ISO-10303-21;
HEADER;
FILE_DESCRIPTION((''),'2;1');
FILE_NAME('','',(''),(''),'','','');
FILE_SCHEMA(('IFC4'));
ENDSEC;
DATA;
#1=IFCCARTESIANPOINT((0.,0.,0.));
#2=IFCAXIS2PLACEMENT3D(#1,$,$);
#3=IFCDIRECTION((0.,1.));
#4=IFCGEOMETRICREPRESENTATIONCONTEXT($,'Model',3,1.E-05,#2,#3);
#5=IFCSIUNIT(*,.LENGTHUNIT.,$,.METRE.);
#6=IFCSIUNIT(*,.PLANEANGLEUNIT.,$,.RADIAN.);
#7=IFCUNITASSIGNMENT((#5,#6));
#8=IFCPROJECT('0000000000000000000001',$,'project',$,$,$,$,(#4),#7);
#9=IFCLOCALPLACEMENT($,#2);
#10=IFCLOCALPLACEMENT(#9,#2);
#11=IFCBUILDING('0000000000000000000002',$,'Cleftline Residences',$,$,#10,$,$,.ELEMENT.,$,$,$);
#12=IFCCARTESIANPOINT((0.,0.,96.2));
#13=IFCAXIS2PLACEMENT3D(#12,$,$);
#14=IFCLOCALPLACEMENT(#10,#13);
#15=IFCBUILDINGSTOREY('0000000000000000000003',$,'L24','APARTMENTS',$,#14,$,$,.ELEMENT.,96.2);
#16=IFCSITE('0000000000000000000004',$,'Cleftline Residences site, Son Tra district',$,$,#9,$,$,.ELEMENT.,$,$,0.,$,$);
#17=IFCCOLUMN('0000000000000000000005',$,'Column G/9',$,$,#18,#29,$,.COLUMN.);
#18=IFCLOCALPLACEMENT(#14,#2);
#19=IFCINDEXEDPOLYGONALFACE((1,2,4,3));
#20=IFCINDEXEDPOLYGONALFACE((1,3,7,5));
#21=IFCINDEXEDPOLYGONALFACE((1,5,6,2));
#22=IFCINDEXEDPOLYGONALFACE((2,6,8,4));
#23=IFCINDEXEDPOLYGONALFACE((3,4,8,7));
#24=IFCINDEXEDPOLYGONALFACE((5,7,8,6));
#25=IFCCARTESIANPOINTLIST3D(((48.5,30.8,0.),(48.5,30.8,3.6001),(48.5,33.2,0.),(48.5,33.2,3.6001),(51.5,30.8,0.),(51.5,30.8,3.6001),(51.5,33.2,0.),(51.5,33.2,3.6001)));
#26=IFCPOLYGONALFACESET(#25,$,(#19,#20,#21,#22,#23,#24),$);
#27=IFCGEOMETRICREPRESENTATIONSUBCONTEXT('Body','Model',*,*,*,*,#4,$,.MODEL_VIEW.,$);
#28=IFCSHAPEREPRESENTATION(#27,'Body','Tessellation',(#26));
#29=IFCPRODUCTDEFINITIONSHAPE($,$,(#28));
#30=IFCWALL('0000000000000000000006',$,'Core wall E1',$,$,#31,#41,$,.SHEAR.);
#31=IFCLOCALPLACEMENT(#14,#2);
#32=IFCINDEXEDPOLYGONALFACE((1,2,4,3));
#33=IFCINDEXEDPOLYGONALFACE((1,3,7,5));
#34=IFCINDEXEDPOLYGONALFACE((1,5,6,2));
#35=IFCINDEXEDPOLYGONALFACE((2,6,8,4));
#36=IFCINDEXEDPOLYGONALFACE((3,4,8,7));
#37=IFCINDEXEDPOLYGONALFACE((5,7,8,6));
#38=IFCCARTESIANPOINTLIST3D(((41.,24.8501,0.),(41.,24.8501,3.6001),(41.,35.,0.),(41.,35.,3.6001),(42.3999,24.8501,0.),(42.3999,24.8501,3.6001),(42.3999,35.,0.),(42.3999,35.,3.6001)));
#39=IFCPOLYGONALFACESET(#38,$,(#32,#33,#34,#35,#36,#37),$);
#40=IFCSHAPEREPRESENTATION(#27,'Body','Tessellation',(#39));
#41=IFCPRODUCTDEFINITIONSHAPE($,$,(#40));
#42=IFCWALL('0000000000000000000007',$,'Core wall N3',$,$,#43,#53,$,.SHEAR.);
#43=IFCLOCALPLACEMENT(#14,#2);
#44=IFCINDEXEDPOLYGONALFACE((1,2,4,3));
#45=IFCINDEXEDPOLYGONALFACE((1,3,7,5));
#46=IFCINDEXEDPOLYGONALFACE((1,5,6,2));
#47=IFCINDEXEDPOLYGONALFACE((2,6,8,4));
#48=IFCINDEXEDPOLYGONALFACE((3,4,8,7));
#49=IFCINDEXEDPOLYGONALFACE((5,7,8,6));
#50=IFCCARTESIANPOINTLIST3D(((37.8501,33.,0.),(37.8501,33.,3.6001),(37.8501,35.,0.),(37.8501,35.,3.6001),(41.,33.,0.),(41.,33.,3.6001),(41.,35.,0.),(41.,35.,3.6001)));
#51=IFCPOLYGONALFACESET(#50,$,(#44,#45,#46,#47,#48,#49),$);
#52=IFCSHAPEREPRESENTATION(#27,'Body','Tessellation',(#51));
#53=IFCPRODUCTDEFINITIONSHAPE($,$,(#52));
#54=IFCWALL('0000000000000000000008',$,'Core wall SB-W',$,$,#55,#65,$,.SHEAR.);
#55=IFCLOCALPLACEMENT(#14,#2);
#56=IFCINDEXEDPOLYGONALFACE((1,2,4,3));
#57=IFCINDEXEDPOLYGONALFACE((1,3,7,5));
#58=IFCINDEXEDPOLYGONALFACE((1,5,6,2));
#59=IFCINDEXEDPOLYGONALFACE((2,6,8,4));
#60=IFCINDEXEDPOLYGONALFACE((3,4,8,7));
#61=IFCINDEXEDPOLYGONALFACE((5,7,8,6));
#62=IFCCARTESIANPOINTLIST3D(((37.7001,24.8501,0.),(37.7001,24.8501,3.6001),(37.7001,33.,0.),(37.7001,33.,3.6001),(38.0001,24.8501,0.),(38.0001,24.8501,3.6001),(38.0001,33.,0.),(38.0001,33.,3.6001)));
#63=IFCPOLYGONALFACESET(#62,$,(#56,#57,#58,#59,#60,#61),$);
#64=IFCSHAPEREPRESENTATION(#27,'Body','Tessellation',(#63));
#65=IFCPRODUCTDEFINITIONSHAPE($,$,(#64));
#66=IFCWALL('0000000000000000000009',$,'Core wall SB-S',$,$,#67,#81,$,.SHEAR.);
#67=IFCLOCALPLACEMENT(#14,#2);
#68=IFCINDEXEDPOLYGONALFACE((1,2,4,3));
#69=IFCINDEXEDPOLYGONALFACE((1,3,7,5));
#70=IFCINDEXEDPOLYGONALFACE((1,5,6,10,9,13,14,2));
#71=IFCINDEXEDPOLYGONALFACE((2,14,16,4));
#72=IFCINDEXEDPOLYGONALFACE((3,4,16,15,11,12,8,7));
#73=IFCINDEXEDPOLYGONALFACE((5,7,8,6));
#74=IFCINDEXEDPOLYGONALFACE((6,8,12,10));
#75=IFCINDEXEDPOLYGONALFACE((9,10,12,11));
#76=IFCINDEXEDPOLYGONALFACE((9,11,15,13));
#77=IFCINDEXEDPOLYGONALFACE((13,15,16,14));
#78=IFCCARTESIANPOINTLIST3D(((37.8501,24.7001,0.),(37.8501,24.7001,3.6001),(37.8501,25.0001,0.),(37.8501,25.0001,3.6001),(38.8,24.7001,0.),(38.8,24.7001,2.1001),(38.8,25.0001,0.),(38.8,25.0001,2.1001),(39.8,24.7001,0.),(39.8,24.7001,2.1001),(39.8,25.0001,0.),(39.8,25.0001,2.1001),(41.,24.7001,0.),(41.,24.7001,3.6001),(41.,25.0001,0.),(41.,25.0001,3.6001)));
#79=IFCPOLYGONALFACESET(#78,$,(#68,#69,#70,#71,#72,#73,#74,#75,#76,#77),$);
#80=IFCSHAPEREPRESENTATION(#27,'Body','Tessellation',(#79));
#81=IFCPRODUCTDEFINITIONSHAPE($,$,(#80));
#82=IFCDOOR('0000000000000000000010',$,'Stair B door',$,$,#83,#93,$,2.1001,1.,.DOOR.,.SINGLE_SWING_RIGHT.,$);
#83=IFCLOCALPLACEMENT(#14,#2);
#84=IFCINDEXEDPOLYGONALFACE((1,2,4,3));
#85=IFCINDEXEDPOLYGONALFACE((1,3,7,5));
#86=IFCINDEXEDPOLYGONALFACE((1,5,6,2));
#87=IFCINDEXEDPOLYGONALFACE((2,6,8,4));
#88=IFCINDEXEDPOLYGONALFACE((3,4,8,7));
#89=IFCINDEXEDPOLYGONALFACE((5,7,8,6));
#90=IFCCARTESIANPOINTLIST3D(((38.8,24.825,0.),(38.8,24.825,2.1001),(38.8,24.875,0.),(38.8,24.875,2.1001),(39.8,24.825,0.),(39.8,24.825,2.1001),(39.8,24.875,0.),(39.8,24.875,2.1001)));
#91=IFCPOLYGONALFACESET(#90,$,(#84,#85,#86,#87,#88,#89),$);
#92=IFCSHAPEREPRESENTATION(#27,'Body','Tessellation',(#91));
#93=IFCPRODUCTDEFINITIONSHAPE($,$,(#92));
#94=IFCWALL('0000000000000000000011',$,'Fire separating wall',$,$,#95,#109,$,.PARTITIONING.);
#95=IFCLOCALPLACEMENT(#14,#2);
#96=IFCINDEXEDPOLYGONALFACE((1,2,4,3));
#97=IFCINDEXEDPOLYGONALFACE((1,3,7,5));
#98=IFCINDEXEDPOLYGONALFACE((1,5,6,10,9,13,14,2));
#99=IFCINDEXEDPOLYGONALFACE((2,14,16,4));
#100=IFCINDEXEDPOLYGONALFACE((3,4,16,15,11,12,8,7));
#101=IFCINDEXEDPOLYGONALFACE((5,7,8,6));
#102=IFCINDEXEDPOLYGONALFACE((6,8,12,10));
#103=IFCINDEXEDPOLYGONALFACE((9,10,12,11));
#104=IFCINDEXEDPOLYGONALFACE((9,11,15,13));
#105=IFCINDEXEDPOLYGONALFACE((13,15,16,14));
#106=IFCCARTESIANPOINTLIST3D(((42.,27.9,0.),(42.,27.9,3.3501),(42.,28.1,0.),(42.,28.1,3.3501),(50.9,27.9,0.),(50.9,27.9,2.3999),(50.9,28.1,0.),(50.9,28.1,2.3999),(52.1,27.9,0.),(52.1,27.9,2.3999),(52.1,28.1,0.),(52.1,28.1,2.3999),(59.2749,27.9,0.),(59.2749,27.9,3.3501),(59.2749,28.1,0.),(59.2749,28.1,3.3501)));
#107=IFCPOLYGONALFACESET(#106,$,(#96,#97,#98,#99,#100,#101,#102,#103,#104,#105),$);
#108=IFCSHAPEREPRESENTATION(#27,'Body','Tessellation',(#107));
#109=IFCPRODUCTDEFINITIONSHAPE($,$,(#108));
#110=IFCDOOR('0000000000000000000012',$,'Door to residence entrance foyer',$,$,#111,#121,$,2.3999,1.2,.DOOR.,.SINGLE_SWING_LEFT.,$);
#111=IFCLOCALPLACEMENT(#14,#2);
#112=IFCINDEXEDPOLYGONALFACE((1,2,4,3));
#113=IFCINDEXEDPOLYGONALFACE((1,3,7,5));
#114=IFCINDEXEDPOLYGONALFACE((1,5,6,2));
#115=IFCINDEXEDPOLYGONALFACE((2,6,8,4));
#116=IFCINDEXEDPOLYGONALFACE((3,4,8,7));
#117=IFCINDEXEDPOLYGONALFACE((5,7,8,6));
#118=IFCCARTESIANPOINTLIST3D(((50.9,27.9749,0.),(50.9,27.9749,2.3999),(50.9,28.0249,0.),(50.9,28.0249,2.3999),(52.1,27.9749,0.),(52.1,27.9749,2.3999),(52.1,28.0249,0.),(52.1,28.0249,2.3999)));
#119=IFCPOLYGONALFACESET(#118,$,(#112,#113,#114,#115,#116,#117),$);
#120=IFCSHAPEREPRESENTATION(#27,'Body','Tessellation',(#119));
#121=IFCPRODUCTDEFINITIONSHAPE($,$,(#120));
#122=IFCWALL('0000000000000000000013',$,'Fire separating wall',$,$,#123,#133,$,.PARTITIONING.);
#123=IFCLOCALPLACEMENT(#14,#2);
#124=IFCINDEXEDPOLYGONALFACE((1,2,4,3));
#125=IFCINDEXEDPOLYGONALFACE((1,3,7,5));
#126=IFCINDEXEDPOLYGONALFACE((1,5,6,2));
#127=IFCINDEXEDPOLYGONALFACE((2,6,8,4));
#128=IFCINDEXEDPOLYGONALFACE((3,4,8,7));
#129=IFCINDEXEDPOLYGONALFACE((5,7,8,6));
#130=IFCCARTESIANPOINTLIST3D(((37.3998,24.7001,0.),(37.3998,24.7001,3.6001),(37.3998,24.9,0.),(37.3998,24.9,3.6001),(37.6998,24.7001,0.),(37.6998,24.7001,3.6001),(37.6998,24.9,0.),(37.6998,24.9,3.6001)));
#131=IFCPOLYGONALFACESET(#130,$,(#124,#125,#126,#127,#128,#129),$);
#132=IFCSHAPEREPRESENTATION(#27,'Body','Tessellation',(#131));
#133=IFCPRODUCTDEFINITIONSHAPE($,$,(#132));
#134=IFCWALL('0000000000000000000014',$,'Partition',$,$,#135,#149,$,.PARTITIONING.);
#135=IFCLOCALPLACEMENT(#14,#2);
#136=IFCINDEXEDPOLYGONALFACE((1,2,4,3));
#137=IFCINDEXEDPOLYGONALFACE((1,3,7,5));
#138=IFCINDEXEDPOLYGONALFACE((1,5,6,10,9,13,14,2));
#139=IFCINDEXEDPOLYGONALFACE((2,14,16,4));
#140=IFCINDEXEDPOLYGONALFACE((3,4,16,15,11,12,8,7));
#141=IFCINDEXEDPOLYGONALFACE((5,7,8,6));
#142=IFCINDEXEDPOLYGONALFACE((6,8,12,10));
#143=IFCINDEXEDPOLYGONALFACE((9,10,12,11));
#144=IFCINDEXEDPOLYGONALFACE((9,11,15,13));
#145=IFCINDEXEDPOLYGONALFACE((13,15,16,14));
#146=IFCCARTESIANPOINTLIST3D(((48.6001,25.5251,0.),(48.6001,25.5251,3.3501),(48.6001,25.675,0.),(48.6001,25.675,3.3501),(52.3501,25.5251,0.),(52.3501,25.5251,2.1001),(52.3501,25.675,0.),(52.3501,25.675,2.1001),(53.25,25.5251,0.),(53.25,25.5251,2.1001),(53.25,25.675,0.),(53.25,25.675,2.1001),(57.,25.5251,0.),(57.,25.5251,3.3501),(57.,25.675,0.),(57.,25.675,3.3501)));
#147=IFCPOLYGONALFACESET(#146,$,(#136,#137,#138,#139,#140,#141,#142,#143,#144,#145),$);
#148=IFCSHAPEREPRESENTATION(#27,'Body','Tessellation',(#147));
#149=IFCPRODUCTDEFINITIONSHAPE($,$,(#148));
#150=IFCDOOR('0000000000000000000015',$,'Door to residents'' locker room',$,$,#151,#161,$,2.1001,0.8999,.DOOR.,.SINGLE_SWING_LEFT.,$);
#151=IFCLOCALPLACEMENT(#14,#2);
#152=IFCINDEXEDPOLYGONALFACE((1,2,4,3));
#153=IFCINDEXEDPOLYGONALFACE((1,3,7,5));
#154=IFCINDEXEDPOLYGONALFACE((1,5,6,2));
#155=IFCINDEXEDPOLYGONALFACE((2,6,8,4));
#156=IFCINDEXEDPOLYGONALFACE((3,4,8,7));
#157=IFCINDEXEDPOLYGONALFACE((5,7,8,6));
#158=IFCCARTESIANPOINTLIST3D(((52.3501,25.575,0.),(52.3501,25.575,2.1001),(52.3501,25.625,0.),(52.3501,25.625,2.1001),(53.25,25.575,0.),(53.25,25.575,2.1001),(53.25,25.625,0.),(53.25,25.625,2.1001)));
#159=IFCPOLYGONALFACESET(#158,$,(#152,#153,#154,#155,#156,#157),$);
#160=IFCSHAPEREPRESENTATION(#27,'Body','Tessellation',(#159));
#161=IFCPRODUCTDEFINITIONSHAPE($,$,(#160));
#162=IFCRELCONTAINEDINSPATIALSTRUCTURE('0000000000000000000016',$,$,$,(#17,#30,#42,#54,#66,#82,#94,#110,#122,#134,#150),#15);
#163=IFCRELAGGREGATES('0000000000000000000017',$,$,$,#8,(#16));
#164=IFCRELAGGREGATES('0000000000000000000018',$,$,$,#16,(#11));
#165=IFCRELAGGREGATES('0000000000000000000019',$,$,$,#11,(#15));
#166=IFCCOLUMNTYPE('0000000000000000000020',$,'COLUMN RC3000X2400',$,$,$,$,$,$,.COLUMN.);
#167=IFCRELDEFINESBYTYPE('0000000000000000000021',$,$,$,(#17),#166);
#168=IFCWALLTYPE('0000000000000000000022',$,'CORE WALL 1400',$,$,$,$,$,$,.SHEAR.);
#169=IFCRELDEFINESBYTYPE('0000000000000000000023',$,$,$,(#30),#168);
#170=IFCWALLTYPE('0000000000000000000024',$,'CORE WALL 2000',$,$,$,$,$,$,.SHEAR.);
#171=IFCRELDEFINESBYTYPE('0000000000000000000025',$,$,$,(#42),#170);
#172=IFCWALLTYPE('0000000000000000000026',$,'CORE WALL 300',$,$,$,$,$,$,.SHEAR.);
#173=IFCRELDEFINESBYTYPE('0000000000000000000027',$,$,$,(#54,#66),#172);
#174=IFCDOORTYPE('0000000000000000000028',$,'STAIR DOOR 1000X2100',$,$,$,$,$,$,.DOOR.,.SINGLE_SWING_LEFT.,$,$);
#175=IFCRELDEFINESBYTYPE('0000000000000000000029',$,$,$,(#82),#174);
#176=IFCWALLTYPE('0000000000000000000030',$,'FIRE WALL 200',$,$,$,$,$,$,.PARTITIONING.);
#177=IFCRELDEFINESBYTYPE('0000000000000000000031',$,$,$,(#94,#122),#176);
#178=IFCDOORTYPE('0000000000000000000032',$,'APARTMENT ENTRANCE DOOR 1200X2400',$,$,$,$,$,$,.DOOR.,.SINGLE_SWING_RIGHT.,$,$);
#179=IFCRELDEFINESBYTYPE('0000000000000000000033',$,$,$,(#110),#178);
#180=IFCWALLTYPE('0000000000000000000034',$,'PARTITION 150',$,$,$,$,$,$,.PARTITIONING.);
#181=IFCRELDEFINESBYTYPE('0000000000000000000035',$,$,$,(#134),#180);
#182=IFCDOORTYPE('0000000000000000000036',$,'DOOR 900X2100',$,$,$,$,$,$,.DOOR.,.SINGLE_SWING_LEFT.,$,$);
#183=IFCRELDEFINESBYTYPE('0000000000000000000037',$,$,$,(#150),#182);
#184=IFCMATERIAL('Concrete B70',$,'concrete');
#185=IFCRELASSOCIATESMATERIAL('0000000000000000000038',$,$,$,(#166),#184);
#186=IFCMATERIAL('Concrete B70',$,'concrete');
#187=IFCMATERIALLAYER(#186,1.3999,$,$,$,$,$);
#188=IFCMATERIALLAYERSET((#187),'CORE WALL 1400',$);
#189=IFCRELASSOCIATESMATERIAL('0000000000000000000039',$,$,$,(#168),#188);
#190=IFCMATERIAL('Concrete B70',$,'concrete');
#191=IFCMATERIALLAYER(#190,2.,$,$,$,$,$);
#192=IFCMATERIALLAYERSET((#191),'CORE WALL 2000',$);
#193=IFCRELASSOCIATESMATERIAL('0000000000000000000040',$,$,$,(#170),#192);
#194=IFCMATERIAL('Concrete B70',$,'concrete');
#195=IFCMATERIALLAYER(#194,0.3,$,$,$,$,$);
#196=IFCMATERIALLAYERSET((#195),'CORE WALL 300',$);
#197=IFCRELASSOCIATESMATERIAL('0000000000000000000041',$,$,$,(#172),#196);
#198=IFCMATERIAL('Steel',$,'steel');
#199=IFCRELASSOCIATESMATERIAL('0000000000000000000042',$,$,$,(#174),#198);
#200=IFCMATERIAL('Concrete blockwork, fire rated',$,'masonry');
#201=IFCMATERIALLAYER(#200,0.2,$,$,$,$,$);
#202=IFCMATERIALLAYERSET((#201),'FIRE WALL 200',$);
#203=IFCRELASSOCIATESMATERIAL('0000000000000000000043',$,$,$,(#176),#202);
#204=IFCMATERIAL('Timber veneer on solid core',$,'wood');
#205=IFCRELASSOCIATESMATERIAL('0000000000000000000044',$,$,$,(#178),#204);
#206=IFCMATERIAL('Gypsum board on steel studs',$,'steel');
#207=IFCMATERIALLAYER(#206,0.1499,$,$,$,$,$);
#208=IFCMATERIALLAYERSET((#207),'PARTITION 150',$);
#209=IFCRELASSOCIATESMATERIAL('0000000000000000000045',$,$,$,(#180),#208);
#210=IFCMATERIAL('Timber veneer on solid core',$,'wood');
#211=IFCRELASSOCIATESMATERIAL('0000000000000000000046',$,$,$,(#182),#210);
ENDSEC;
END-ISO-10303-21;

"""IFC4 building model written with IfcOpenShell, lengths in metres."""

from ifc_helpers import new_model, si_unit, direction, frame, frame_2d, origin, origin_2d, place, context, subcontext, project, spatial, rectangle, extrude, material, layer, layer_set, material_profile, profile_set, type_object, element, fill, save


model = new_model("IFC4")

# Units and contexts
model_context = context("Model", 3, precision=1e-05, world=origin(), true_north=direction((0.0, 1.0)))
body_context = subcontext(model_context, "Body", "Model", "MODEL_VIEW")
ifc_project = project(units=[si_unit("LENGTHUNIT", "METRE"), si_unit("PLANEANGLEUNIT", "RADIAN")], contexts=[model_context])

# Site, building, storey
site_placement = place(None, origin())
site = spatial("IfcSite", under=ifc_project, at=site_placement, Name="Cleftline Residences site, Son Tra district", CompositionType="ELEMENT", RefElevation=0.0)
building_placement = place(site_placement, origin())
building = spatial("IfcBuilding", under=site, at=building_placement, Name="Cleftline Residences", CompositionType="ELEMENT")
storey_placement = place(building_placement, frame((0.0, 0.0, 96.2)))
storey = spatial("IfcBuildingStorey", under=building, at=storey_placement, Name="L24", Description="APARTMENTS", CompositionType="ELEMENT", Elevation=96.2)

# Column
ifc_material_1 = material(Name="Concrete B70", Category="concrete")
ifc_material_profile = material_profile(ifc_material_1, rectangle(XDim=3.0, YDim=2.3999, at=origin_2d()))
ifc_profile_set = profile_set([ifc_material_profile], Name="Concrete B70")
column_type = type_object("IfcColumnType", Name="COLUMN RC3000X2400", PredefinedType="COLUMN", material=ifc_profile_set)
column_placement = place(storey_placement, frame((50.0, 32.0, 0.0), z_axis=(0.0, 0.0, 1.0), x_axis=(1.0, 0.0, 0.0)))
element("IfcColumn", 1, at=column_placement, inside=storey, type_object=column_type, Name="Column G/9", PredefinedType="COLUMN", context=body_context, shape_type="SweptSolid", body=[
    extrude(rectangle(XDim=3.0, YDim=2.3999, at=origin_2d()), origin(), (0.0, 0.0, 1.0), 3.6001),
])

# Walls
ifc_material_2 = material(Name="Concrete B70", Category="concrete")
ifc_layer_1 = layer(ifc_material_2, 1.3999)
ifc_layer_set_1 = layer_set([ifc_layer_1], Name="CORE WALL 1400")
wall_type_1 = type_object("IfcWallType", Name="CORE WALL 1400", PredefinedType="SHEAR", material=ifc_layer_set_1)
wall_1_placement = place(storey_placement, frame((41.7, 24.8501, 0.0), z_axis=(0.0, 0.0, 1.0), x_axis=(0.0, 1.0, 0.0)))
element("IfcWall", 2, at=wall_1_placement, inside=storey, type_object=wall_type_1, Name="Core wall E1", PredefinedType="SHEAR", context=body_context, shape_type="SweptSolid", body=[
    extrude(rectangle(XDim=10.1499, YDim=1.3999, at=frame_2d((5.075, 0.0))), origin(), (0.0, 0.0, 1.0), 3.6001),
])
ifc_material_3 = material(Name="Concrete B70", Category="concrete")
ifc_layer_2 = layer(ifc_material_3, 2.0)
ifc_layer_set_2 = layer_set([ifc_layer_2], Name="CORE WALL 2000")
wall_type_2 = type_object("IfcWallType", Name="CORE WALL 2000", PredefinedType="SHEAR", material=ifc_layer_set_2)
wall_2_placement = place(storey_placement, frame((37.8501, 34.0, 0.0), z_axis=(0.0, 0.0, 1.0), x_axis=(1.0, 0.0, 0.0)))
element("IfcWall", 3, at=wall_2_placement, inside=storey, type_object=wall_type_2, Name="Core wall N3", PredefinedType="SHEAR", context=body_context, shape_type="SweptSolid", body=[
    extrude(rectangle(XDim=3.1499, YDim=2.0, at=frame_2d((1.575, 0.0))), origin(), (0.0, 0.0, 1.0), 3.6001),
])
ifc_material_4 = material(Name="Concrete B70", Category="concrete")
ifc_layer_3 = layer(ifc_material_4, 0.3)
ifc_layer_set_3 = layer_set([ifc_layer_3], Name="CORE WALL 300")
wall_type_3 = type_object("IfcWallType", Name="CORE WALL 300", PredefinedType="SHEAR", material=ifc_layer_set_3)
wall_3_placement = place(storey_placement, frame((37.8501, 24.8501, 0.0), z_axis=(0.0, 0.0, 1.0), x_axis=(0.0, 1.0, 0.0)))
element("IfcWall", 4, at=wall_3_placement, inside=storey, type_object=wall_type_3, Name="Core wall SB-W", PredefinedType="SHEAR", context=body_context, shape_type="SweptSolid", body=[
    extrude(rectangle(XDim=8.1499, YDim=0.3, at=frame_2d((4.075, 0.0))), origin(), (0.0, 0.0, 1.0), 3.6001),
])

# Walls, openings, doors
wall_4_placement = place(storey_placement, frame((37.8501, 24.8501, 0.0), z_axis=(0.0, 0.0, 1.0), x_axis=(1.0, 0.0, 0.0)))
wall_4 = element("IfcWall", 5, at=wall_4_placement, inside=storey, type_object=wall_type_3, Name="Core wall SB-S", PredefinedType="SHEAR", context=body_context, shape_type="SweptSolid", body=[
    extrude(rectangle(XDim=3.1499, YDim=0.3, at=frame_2d((1.575, 0.0))), origin(), (0.0, 0.0, 1.0), 3.6001),
])
opening_1_placement = place(wall_4_placement, frame((0.95, 0.0, 0.0)))
opening_1 = element("IfcOpeningElement", 6, at=opening_1_placement, cuts=wall_4, PredefinedType="OPENING", context=body_context, shape_type="SweptSolid", body=[
    extrude(rectangle(XDim=1.0, YDim=2.1001, at=frame_2d((0.5, 1.05))), frame((0.0, 0.1599, 0.0), z_axis=(0.0, -1.0, 0.0), x_axis=(1.0, 0.0, 0.0)), (0.0, 0.0, 1.0), 0.3201),
])
ifc_material_5 = material(Name="Steel", Category="steel")
door_type_1 = type_object("IfcDoorType", Name="STAIR DOOR 1000X2100", OperationType="SINGLE_SWING_LEFT", PredefinedType="DOOR", material=ifc_material_5)
door_1_placement = place(opening_1_placement, origin())
door_1 = element("IfcDoor", 7, at=door_1_placement, inside=storey, type_object=door_type_1, Name="Stair B door", OperationType="SINGLE_SWING_RIGHT", OverallHeight=2.1001, OverallWidth=1.0, PredefinedType="DOOR", context=body_context, shape_type="SweptSolid", body=[
    extrude(rectangle(XDim=1.0, YDim=2.1001, at=frame_2d((0.5, 1.05))), frame((0.0, 0.0249, 0.0), z_axis=(0.0, -1.0, 0.0), x_axis=(1.0, 0.0, 0.0)), (0.0, 0.0, 1.0), 0.05),
])
fill(opening_1, door_1)
ifc_material_6 = material(Name="Concrete blockwork, fire rated", Category="masonry")
ifc_layer_4 = layer(ifc_material_6, 0.2)
ifc_layer_set_4 = layer_set([ifc_layer_4], Name="FIRE WALL 200")
wall_type_4 = type_object("IfcWallType", Name="FIRE WALL 200", PredefinedType="PARTITIONING", material=ifc_layer_set_4)
wall_5_placement = place(storey_placement, frame((42.0, 28.0, 0.0), z_axis=(0.0, 0.0, 1.0), x_axis=(1.0, 0.0, 0.0)))
wall_5 = element("IfcWall", 8, at=wall_5_placement, inside=storey, type_object=wall_type_4, Name="Fire separating wall", PredefinedType="PARTITIONING", context=body_context, shape_type="SweptSolid", body=[
    extrude(rectangle(XDim=17.2749, YDim=0.2, at=frame_2d((8.6375, 0.0))), origin(), (0.0, 0.0, 1.0), 3.3501),
])
opening_2_placement = place(wall_5_placement, frame((8.8999, 0.0, 0.0)))
opening_2 = element("IfcOpeningElement", 9, at=opening_2_placement, cuts=wall_5, PredefinedType="OPENING", context=body_context, shape_type="SweptSolid", body=[
    extrude(rectangle(XDim=1.2, YDim=2.3999, at=frame_2d((0.6001, 1.2))), frame((0.0, 0.1099, 0.0), z_axis=(0.0, -1.0, 0.0), x_axis=(1.0, 0.0, 0.0)), (0.0, 0.0, 1.0), 0.22),
])
ifc_material_7 = material(Name="Timber veneer on solid core", Category="wood")
door_type_2 = type_object("IfcDoorType", Name="APARTMENT ENTRANCE DOOR 1200X2400", OperationType="SINGLE_SWING_RIGHT", PredefinedType="DOOR", material=ifc_material_7)
door_2_placement = place(opening_2_placement, origin())
door_2 = element("IfcDoor", 10, at=door_2_placement, inside=storey, type_object=door_type_2, Name="Door to residence entrance foyer", OperationType="SINGLE_SWING_LEFT", OverallHeight=2.3999, OverallWidth=1.2, PredefinedType="DOOR", context=body_context, shape_type="SweptSolid", body=[
    extrude(rectangle(XDim=1.2, YDim=2.3999, at=frame_2d((0.6001, 1.2))), frame((0.0, 0.0249, 0.0), z_axis=(0.0, -1.0, 0.0), x_axis=(1.0, 0.0, 0.0)), (0.0, 0.0, 1.0), 0.05),
])
fill(opening_2, door_2)

# Wall
wall_6_placement = place(storey_placement, frame((37.3999, 24.8, 0.0), z_axis=(0.0, 0.0, 1.0), x_axis=(1.0, 0.0, 0.0)))
element("IfcWall", 11, at=wall_6_placement, inside=storey, type_object=wall_type_4, Name="Fire separating wall", PredefinedType="PARTITIONING", context=body_context, shape_type="SweptSolid", body=[
    extrude(rectangle(XDim=0.3, YDim=0.2, at=frame_2d((0.1499, 0.0))), origin(), (0.0, 0.0, 1.0), 3.6001),
])

# Wall, opening, door
ifc_material_8 = material(Name="Gypsum board on steel studs", Category="steel")
ifc_layer_5 = layer(ifc_material_8, 0.1499)
ifc_layer_set_5 = layer_set([ifc_layer_5], Name="PARTITION 150")
wall_type_5 = type_object("IfcWallType", Name="PARTITION 150", PredefinedType="PARTITIONING", material=ifc_layer_set_5)
wall_7_placement = place(storey_placement, frame((48.6001, 25.6001, 0.0), z_axis=(0.0, 0.0, 1.0), x_axis=(1.0, 0.0, 0.0)))
wall_7 = element("IfcWall", 12, at=wall_7_placement, inside=storey, type_object=wall_type_5, Name="Partition", PredefinedType="PARTITIONING", context=body_context, shape_type="SweptSolid", body=[
    extrude(rectangle(XDim=8.3999, YDim=0.1499, at=frame_2d((4.2, 0.0))), origin(), (0.0, 0.0, 1.0), 3.3501),
])
opening_3_placement = place(wall_7_placement, frame((3.75, 0.0, 0.0)))
opening_3 = element("IfcOpeningElement", 13, at=opening_3_placement, cuts=wall_7, PredefinedType="OPENING", context=body_context, shape_type="SweptSolid", body=[
    extrude(rectangle(XDim=0.8999, YDim=2.1001, at=frame_2d((0.45, 1.05))), frame((0.0, 0.085, 0.0), z_axis=(0.0, -1.0, 0.0), x_axis=(1.0, 0.0, 0.0)), (0.0, 0.0, 1.0), 0.1699),
])
ifc_material_9 = material(Name="Timber veneer on solid core", Category="wood")
door_type_3 = type_object("IfcDoorType", Name="DOOR 900X2100", OperationType="SINGLE_SWING_LEFT", PredefinedType="DOOR", material=ifc_material_9)
door_3_placement = place(opening_3_placement, origin())
door_3 = element("IfcDoor", 14, at=door_3_placement, inside=storey, type_object=door_type_3, Name="Door to residents' locker room", OperationType="SINGLE_SWING_LEFT", OverallHeight=2.1001, OverallWidth=0.8999, PredefinedType="DOOR", context=body_context, shape_type="SweptSolid", body=[
    extrude(rectangle(XDim=0.8999, YDim=2.1001, at=frame_2d((0.45, 1.05))), frame((0.0, 0.0249, 0.0), z_axis=(0.0, -1.0, 0.0), x_axis=(1.0, 0.0, 0.0)), (0.0, 0.0, 1.0), 0.05),
])
fill(opening_3, door_3)

save(model, "model.ifc")
